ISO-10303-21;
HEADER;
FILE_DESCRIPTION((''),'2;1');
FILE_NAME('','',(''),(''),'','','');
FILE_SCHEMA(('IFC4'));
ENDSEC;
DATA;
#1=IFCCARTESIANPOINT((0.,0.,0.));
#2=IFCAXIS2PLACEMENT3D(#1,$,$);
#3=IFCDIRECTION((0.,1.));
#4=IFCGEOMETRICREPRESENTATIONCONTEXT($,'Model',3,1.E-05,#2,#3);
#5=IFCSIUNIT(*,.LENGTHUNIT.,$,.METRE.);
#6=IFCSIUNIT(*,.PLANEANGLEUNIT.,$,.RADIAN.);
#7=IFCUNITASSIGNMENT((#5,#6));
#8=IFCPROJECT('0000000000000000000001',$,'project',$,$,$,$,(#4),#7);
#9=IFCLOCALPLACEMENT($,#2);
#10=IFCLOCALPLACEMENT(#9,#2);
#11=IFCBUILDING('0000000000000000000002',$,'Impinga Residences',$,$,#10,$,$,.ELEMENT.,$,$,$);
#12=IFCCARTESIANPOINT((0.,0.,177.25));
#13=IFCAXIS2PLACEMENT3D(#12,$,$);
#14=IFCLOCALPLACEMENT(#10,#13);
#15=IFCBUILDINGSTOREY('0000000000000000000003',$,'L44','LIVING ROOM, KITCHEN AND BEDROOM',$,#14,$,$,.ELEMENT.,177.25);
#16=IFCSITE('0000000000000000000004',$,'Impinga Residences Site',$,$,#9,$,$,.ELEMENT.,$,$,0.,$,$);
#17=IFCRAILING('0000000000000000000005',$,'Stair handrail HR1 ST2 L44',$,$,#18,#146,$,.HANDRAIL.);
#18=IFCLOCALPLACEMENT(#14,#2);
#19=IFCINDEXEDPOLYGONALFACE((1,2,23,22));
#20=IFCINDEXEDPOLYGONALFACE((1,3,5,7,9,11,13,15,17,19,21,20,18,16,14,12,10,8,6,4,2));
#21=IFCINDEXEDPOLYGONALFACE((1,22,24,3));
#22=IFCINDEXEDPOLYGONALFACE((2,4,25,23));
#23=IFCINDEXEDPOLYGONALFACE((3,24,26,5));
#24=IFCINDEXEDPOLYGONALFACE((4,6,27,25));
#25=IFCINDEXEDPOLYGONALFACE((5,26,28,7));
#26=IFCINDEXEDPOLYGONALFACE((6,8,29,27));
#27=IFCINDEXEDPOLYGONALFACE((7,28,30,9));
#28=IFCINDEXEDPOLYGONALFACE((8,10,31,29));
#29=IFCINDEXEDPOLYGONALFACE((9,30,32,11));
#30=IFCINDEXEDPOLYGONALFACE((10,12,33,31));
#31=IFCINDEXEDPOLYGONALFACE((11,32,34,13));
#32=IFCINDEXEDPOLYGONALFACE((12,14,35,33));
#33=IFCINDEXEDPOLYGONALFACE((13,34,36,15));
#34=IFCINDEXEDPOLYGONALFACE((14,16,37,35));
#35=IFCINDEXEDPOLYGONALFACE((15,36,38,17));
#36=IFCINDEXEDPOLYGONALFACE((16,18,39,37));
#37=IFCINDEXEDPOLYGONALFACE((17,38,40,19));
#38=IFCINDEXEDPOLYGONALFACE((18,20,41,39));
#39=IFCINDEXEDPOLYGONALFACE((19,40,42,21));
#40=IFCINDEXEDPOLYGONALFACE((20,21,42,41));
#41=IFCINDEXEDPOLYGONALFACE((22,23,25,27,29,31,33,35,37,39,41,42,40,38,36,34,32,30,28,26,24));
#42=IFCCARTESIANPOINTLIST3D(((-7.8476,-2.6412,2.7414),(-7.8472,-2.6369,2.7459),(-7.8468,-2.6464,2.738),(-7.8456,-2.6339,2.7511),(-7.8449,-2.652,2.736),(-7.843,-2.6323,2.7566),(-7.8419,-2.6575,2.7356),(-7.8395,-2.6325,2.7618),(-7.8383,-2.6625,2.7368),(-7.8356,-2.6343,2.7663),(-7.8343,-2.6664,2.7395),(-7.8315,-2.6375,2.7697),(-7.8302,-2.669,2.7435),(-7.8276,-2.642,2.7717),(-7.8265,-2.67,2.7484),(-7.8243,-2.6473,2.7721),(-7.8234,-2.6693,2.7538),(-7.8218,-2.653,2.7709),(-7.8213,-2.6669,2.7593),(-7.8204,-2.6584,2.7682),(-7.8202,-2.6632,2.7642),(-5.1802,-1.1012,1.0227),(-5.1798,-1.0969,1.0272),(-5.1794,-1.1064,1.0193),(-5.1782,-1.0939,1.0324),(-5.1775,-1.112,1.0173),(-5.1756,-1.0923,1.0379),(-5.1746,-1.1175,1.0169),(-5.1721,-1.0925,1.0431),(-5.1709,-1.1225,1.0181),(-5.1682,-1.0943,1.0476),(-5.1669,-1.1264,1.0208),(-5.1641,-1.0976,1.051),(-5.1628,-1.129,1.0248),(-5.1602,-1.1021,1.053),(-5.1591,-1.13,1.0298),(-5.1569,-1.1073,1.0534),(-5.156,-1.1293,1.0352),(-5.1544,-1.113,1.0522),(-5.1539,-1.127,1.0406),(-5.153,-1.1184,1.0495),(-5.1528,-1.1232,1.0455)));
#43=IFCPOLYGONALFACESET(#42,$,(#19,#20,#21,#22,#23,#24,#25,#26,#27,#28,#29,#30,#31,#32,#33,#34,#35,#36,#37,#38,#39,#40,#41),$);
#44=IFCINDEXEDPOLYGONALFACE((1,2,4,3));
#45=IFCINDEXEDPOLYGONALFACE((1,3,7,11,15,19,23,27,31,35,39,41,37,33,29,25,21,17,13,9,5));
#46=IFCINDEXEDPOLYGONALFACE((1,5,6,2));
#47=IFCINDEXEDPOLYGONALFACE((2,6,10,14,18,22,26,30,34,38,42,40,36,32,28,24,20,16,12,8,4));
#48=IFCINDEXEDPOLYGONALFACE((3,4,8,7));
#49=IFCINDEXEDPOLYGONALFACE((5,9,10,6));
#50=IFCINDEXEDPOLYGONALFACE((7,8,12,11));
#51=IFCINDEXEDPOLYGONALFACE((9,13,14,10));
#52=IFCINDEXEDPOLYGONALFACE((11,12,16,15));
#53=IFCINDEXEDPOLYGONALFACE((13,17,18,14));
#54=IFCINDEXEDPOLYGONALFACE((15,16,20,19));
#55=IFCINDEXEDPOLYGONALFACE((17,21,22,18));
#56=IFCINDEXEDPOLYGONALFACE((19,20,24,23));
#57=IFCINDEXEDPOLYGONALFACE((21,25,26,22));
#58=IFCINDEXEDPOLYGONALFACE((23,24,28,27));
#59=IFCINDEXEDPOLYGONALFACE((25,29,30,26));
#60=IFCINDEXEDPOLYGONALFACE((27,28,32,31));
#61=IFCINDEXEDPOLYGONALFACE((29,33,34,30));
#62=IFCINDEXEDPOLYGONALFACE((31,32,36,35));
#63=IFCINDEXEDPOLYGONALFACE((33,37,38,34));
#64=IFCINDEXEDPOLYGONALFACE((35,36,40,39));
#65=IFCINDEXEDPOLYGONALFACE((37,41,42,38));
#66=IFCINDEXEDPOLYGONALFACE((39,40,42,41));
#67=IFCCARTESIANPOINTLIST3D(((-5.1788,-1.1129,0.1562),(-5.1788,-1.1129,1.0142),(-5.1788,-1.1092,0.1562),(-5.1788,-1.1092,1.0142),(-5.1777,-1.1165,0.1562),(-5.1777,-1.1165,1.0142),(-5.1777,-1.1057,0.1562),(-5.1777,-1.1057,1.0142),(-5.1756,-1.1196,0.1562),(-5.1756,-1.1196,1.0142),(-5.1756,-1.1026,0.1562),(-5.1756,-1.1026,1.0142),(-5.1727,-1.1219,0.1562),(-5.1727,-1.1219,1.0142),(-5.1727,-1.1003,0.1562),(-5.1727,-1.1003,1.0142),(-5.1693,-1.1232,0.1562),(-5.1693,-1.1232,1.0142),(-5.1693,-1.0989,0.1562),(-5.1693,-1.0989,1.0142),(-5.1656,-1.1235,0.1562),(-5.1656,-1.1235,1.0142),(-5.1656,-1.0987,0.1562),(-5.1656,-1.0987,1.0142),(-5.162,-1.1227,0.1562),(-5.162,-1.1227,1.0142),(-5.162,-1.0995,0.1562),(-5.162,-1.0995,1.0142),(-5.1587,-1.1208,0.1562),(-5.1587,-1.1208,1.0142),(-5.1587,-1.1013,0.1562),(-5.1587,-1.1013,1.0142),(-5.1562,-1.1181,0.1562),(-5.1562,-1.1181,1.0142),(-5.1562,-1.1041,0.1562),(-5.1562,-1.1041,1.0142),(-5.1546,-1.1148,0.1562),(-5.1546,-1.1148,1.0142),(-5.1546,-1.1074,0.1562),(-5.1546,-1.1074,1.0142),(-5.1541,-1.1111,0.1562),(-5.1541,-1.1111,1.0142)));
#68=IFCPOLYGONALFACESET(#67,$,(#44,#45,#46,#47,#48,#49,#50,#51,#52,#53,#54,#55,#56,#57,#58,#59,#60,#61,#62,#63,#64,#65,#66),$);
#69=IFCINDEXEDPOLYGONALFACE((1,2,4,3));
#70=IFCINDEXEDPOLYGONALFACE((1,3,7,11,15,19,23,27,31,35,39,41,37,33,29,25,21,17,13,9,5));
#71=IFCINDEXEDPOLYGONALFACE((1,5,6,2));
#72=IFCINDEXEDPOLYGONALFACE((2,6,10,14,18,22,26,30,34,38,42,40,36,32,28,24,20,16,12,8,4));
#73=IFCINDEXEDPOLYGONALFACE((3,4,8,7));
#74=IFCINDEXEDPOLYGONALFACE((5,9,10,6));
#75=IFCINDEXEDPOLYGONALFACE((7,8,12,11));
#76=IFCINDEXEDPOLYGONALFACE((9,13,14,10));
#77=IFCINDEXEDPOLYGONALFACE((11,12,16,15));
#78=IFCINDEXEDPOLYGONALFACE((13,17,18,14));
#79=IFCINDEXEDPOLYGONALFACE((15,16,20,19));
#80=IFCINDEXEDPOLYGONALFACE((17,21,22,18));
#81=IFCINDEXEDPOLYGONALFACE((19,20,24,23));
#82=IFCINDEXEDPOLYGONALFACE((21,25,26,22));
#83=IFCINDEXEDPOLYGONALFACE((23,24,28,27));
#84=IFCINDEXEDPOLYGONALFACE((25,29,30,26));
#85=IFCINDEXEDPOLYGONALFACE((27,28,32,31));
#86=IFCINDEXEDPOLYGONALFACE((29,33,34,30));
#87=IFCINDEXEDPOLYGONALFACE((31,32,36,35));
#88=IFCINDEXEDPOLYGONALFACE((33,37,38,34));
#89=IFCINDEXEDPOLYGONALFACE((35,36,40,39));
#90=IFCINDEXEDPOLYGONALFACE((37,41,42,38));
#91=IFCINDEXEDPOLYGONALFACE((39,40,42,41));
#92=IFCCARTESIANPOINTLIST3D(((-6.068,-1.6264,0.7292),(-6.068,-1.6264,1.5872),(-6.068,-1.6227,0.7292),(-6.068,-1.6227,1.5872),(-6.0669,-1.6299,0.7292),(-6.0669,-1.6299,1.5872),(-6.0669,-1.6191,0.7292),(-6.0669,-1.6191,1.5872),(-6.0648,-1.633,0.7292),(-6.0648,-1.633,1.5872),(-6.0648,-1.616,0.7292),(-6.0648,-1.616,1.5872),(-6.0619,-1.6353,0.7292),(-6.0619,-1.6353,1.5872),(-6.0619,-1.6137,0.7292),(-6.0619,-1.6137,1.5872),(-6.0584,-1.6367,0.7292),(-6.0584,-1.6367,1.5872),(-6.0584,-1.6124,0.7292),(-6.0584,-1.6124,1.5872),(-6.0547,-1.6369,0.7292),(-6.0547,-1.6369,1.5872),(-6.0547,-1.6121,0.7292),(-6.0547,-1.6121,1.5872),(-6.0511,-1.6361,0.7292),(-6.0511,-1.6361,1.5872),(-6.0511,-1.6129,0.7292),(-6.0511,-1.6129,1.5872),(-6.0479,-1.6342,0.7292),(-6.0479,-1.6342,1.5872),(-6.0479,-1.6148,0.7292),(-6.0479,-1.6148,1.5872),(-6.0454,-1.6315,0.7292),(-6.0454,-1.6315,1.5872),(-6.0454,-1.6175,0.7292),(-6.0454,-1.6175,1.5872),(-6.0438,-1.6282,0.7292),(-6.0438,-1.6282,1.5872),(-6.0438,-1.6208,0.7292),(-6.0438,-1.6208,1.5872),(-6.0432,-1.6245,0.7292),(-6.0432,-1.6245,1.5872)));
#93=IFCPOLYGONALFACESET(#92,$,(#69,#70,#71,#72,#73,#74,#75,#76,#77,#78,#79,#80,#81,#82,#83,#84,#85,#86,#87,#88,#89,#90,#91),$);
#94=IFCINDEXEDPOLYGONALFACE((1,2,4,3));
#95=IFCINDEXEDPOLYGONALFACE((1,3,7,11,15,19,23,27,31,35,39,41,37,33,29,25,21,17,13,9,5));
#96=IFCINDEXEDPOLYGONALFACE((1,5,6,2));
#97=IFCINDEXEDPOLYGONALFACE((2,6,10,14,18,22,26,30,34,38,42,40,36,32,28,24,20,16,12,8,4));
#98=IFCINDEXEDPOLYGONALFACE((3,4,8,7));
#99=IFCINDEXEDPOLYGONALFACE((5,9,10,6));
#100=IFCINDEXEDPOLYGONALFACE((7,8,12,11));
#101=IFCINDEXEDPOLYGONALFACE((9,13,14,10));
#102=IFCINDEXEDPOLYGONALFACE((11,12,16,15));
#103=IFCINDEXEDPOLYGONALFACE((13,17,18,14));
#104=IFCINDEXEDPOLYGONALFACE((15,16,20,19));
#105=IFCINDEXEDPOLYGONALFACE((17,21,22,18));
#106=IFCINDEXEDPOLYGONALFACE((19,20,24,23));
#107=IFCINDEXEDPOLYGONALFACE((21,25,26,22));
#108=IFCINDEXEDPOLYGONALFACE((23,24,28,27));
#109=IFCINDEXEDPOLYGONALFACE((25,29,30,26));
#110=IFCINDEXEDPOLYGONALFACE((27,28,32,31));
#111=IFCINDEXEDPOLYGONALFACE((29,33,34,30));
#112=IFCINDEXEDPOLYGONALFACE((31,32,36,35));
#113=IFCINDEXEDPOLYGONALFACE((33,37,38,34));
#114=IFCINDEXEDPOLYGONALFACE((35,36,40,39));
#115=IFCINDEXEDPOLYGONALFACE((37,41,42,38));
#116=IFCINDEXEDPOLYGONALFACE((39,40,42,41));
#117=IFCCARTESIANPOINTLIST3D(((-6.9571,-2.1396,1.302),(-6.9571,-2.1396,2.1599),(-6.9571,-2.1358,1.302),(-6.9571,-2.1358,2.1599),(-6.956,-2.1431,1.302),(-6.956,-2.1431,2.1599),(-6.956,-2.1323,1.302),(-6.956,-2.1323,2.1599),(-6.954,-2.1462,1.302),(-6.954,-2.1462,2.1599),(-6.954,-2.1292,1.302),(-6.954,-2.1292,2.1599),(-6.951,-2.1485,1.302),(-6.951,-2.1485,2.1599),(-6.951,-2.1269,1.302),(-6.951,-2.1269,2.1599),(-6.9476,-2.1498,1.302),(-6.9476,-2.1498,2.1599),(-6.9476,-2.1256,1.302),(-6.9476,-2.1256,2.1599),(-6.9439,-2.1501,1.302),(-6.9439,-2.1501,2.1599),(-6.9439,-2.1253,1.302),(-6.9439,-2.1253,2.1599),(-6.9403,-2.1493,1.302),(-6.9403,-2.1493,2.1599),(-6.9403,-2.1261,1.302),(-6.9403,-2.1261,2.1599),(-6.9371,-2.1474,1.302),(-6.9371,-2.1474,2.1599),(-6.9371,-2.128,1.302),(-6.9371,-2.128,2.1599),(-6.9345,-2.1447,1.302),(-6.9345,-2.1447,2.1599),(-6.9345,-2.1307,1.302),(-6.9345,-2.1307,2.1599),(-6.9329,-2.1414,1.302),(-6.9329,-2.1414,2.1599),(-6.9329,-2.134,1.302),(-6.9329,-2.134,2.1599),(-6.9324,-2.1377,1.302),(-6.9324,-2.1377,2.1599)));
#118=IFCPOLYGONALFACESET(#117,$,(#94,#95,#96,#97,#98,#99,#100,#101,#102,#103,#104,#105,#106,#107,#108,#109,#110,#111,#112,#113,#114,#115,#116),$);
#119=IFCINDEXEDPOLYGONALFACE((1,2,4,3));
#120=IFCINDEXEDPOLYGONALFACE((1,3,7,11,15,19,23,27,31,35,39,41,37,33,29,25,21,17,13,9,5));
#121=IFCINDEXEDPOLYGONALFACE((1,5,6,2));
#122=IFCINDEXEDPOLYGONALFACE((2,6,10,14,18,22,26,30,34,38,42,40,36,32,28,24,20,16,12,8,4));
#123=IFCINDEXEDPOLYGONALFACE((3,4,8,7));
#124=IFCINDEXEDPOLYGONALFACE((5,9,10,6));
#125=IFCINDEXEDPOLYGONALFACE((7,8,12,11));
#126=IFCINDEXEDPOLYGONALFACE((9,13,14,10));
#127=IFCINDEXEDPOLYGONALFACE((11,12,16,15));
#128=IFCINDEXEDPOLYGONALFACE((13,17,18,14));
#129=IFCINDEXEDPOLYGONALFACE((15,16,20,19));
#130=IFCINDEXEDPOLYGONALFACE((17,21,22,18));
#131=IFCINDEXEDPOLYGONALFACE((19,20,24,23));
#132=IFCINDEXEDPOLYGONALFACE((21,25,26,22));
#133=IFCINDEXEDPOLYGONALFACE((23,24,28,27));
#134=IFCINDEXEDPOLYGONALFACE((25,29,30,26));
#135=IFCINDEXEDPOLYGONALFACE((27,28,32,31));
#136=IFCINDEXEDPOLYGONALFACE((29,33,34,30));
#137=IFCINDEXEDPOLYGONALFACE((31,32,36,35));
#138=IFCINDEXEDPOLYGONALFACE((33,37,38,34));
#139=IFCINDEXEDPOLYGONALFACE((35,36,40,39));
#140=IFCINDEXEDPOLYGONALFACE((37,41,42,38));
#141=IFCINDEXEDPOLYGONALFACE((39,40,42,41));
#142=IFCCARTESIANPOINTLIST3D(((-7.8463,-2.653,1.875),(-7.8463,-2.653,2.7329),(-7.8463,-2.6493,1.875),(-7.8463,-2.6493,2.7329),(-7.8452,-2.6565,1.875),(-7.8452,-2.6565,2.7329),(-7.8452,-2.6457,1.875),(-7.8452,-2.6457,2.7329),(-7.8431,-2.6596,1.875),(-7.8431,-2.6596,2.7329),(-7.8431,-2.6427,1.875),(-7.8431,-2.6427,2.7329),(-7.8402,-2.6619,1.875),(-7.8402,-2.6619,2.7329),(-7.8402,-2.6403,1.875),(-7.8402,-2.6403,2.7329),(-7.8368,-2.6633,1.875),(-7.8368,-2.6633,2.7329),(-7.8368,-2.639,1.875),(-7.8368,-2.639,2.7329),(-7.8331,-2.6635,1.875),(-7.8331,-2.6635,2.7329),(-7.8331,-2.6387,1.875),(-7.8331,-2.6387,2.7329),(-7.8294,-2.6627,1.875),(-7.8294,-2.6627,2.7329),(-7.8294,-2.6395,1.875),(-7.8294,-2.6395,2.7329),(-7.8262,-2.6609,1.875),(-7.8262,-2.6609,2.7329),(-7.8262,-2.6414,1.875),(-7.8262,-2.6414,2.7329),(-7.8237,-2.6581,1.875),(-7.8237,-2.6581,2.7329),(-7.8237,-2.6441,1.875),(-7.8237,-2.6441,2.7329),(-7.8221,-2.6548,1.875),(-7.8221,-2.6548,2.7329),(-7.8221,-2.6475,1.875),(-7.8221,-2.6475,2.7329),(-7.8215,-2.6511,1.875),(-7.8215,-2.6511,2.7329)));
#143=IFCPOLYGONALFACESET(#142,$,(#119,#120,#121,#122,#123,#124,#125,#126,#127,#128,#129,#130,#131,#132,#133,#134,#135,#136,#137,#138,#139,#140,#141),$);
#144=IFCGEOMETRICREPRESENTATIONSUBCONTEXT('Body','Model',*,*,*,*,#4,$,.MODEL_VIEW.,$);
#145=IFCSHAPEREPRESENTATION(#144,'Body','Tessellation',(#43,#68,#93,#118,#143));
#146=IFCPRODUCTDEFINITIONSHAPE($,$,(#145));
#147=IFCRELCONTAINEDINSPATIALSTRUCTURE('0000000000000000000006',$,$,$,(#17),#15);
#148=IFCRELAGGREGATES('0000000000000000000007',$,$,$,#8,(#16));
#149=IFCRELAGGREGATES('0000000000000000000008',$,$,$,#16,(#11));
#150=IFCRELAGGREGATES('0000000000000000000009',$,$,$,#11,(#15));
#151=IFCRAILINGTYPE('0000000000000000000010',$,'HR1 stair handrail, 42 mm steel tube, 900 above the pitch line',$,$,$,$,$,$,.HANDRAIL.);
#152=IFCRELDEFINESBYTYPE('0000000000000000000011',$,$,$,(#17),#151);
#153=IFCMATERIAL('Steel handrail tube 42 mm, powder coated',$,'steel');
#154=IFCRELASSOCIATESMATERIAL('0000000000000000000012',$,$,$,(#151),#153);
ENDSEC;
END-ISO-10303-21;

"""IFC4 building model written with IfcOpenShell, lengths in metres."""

from ifc_helpers import new_model, si_unit, direction, frame, origin, origin_2d, place, context, subcontext, project, spatial, circle, extrude, material, type_object, element, save


model = new_model("IFC4")

# Units and contexts
model_context = context("Model", 3, precision=1e-05, world=origin(), true_north=direction((0.0, 1.0)))
body_context = subcontext(model_context, "Body", "Model", "MODEL_VIEW")
ifc_project = project(units=[si_unit("LENGTHUNIT", "METRE"), si_unit("PLANEANGLEUNIT", "RADIAN")], contexts=[model_context])

# Site, building, storey
site_placement = place(None, origin())
site = spatial("IfcSite", under=ifc_project, at=site_placement, Name="Impinga Residences Site", CompositionType="ELEMENT", RefElevation=0.0)
building_placement = place(site_placement, origin())
building = spatial("IfcBuilding", under=site, at=building_placement, Name="Impinga Residences", CompositionType="ELEMENT")
storey_placement = place(building_placement, frame((0.0, 0.0, 177.25)))
storey = spatial("IfcBuildingStorey", under=building, at=storey_placement, Name="L44", Description="LIVING ROOM, KITCHEN AND BEDROOM", CompositionType="ELEMENT", Elevation=177.25)

# Railing
ifc_material_1 = material(Name="Steel handrail tube 42 mm, powder coated", Category="steel")
railing_type_1 = type_object("IfcRailingType", Name="HR1 stair handrail, 42 mm steel tube, 900 above the pitch line", PredefinedType="HANDRAIL", material=ifc_material_1)
railing_1_placement = place(storey_placement, frame((-5.1665, -1.1111, 0.1562)))
element("IfcRailing", 1, at=railing_1_placement, inside=storey, type_object=railing_type_1, Name="Stair handrail HR1 ST2 L44", PredefinedType="HANDRAIL", context=body_context, shape_type="SweptSolid", body=[
    extrude(circle(Radius=0.021, at=origin_2d()), frame((0.0, 0.0, 0.8789), z_axis=(-0.756256, -0.436616, 0.487282), x_axis=(0.499992, -0.86603, 0.0)), (0.0, 0.0, 1.0), 3.5271),
    extrude(circle(Radius=0.0125, at=origin_2d()), origin(), (0.0, 0.0, 1.0), 0.8579),
    extrude(circle(Radius=0.0125, at=origin_2d()), frame((-0.8892, -0.5134, 0.573)), (0.0, 0.0, 1.0), 0.8579),
    extrude(circle(Radius=0.0125, at=origin_2d()), frame((-1.7783, -1.0266, 1.1458)), (0.0, 0.0, 1.0), 0.8579),
    extrude(circle(Radius=0.0125, at=origin_2d()), frame((-2.6675, -1.54, 1.7188)), (0.0, 0.0, 1.0), 0.8579),
])

save(model, "model.ifc")
